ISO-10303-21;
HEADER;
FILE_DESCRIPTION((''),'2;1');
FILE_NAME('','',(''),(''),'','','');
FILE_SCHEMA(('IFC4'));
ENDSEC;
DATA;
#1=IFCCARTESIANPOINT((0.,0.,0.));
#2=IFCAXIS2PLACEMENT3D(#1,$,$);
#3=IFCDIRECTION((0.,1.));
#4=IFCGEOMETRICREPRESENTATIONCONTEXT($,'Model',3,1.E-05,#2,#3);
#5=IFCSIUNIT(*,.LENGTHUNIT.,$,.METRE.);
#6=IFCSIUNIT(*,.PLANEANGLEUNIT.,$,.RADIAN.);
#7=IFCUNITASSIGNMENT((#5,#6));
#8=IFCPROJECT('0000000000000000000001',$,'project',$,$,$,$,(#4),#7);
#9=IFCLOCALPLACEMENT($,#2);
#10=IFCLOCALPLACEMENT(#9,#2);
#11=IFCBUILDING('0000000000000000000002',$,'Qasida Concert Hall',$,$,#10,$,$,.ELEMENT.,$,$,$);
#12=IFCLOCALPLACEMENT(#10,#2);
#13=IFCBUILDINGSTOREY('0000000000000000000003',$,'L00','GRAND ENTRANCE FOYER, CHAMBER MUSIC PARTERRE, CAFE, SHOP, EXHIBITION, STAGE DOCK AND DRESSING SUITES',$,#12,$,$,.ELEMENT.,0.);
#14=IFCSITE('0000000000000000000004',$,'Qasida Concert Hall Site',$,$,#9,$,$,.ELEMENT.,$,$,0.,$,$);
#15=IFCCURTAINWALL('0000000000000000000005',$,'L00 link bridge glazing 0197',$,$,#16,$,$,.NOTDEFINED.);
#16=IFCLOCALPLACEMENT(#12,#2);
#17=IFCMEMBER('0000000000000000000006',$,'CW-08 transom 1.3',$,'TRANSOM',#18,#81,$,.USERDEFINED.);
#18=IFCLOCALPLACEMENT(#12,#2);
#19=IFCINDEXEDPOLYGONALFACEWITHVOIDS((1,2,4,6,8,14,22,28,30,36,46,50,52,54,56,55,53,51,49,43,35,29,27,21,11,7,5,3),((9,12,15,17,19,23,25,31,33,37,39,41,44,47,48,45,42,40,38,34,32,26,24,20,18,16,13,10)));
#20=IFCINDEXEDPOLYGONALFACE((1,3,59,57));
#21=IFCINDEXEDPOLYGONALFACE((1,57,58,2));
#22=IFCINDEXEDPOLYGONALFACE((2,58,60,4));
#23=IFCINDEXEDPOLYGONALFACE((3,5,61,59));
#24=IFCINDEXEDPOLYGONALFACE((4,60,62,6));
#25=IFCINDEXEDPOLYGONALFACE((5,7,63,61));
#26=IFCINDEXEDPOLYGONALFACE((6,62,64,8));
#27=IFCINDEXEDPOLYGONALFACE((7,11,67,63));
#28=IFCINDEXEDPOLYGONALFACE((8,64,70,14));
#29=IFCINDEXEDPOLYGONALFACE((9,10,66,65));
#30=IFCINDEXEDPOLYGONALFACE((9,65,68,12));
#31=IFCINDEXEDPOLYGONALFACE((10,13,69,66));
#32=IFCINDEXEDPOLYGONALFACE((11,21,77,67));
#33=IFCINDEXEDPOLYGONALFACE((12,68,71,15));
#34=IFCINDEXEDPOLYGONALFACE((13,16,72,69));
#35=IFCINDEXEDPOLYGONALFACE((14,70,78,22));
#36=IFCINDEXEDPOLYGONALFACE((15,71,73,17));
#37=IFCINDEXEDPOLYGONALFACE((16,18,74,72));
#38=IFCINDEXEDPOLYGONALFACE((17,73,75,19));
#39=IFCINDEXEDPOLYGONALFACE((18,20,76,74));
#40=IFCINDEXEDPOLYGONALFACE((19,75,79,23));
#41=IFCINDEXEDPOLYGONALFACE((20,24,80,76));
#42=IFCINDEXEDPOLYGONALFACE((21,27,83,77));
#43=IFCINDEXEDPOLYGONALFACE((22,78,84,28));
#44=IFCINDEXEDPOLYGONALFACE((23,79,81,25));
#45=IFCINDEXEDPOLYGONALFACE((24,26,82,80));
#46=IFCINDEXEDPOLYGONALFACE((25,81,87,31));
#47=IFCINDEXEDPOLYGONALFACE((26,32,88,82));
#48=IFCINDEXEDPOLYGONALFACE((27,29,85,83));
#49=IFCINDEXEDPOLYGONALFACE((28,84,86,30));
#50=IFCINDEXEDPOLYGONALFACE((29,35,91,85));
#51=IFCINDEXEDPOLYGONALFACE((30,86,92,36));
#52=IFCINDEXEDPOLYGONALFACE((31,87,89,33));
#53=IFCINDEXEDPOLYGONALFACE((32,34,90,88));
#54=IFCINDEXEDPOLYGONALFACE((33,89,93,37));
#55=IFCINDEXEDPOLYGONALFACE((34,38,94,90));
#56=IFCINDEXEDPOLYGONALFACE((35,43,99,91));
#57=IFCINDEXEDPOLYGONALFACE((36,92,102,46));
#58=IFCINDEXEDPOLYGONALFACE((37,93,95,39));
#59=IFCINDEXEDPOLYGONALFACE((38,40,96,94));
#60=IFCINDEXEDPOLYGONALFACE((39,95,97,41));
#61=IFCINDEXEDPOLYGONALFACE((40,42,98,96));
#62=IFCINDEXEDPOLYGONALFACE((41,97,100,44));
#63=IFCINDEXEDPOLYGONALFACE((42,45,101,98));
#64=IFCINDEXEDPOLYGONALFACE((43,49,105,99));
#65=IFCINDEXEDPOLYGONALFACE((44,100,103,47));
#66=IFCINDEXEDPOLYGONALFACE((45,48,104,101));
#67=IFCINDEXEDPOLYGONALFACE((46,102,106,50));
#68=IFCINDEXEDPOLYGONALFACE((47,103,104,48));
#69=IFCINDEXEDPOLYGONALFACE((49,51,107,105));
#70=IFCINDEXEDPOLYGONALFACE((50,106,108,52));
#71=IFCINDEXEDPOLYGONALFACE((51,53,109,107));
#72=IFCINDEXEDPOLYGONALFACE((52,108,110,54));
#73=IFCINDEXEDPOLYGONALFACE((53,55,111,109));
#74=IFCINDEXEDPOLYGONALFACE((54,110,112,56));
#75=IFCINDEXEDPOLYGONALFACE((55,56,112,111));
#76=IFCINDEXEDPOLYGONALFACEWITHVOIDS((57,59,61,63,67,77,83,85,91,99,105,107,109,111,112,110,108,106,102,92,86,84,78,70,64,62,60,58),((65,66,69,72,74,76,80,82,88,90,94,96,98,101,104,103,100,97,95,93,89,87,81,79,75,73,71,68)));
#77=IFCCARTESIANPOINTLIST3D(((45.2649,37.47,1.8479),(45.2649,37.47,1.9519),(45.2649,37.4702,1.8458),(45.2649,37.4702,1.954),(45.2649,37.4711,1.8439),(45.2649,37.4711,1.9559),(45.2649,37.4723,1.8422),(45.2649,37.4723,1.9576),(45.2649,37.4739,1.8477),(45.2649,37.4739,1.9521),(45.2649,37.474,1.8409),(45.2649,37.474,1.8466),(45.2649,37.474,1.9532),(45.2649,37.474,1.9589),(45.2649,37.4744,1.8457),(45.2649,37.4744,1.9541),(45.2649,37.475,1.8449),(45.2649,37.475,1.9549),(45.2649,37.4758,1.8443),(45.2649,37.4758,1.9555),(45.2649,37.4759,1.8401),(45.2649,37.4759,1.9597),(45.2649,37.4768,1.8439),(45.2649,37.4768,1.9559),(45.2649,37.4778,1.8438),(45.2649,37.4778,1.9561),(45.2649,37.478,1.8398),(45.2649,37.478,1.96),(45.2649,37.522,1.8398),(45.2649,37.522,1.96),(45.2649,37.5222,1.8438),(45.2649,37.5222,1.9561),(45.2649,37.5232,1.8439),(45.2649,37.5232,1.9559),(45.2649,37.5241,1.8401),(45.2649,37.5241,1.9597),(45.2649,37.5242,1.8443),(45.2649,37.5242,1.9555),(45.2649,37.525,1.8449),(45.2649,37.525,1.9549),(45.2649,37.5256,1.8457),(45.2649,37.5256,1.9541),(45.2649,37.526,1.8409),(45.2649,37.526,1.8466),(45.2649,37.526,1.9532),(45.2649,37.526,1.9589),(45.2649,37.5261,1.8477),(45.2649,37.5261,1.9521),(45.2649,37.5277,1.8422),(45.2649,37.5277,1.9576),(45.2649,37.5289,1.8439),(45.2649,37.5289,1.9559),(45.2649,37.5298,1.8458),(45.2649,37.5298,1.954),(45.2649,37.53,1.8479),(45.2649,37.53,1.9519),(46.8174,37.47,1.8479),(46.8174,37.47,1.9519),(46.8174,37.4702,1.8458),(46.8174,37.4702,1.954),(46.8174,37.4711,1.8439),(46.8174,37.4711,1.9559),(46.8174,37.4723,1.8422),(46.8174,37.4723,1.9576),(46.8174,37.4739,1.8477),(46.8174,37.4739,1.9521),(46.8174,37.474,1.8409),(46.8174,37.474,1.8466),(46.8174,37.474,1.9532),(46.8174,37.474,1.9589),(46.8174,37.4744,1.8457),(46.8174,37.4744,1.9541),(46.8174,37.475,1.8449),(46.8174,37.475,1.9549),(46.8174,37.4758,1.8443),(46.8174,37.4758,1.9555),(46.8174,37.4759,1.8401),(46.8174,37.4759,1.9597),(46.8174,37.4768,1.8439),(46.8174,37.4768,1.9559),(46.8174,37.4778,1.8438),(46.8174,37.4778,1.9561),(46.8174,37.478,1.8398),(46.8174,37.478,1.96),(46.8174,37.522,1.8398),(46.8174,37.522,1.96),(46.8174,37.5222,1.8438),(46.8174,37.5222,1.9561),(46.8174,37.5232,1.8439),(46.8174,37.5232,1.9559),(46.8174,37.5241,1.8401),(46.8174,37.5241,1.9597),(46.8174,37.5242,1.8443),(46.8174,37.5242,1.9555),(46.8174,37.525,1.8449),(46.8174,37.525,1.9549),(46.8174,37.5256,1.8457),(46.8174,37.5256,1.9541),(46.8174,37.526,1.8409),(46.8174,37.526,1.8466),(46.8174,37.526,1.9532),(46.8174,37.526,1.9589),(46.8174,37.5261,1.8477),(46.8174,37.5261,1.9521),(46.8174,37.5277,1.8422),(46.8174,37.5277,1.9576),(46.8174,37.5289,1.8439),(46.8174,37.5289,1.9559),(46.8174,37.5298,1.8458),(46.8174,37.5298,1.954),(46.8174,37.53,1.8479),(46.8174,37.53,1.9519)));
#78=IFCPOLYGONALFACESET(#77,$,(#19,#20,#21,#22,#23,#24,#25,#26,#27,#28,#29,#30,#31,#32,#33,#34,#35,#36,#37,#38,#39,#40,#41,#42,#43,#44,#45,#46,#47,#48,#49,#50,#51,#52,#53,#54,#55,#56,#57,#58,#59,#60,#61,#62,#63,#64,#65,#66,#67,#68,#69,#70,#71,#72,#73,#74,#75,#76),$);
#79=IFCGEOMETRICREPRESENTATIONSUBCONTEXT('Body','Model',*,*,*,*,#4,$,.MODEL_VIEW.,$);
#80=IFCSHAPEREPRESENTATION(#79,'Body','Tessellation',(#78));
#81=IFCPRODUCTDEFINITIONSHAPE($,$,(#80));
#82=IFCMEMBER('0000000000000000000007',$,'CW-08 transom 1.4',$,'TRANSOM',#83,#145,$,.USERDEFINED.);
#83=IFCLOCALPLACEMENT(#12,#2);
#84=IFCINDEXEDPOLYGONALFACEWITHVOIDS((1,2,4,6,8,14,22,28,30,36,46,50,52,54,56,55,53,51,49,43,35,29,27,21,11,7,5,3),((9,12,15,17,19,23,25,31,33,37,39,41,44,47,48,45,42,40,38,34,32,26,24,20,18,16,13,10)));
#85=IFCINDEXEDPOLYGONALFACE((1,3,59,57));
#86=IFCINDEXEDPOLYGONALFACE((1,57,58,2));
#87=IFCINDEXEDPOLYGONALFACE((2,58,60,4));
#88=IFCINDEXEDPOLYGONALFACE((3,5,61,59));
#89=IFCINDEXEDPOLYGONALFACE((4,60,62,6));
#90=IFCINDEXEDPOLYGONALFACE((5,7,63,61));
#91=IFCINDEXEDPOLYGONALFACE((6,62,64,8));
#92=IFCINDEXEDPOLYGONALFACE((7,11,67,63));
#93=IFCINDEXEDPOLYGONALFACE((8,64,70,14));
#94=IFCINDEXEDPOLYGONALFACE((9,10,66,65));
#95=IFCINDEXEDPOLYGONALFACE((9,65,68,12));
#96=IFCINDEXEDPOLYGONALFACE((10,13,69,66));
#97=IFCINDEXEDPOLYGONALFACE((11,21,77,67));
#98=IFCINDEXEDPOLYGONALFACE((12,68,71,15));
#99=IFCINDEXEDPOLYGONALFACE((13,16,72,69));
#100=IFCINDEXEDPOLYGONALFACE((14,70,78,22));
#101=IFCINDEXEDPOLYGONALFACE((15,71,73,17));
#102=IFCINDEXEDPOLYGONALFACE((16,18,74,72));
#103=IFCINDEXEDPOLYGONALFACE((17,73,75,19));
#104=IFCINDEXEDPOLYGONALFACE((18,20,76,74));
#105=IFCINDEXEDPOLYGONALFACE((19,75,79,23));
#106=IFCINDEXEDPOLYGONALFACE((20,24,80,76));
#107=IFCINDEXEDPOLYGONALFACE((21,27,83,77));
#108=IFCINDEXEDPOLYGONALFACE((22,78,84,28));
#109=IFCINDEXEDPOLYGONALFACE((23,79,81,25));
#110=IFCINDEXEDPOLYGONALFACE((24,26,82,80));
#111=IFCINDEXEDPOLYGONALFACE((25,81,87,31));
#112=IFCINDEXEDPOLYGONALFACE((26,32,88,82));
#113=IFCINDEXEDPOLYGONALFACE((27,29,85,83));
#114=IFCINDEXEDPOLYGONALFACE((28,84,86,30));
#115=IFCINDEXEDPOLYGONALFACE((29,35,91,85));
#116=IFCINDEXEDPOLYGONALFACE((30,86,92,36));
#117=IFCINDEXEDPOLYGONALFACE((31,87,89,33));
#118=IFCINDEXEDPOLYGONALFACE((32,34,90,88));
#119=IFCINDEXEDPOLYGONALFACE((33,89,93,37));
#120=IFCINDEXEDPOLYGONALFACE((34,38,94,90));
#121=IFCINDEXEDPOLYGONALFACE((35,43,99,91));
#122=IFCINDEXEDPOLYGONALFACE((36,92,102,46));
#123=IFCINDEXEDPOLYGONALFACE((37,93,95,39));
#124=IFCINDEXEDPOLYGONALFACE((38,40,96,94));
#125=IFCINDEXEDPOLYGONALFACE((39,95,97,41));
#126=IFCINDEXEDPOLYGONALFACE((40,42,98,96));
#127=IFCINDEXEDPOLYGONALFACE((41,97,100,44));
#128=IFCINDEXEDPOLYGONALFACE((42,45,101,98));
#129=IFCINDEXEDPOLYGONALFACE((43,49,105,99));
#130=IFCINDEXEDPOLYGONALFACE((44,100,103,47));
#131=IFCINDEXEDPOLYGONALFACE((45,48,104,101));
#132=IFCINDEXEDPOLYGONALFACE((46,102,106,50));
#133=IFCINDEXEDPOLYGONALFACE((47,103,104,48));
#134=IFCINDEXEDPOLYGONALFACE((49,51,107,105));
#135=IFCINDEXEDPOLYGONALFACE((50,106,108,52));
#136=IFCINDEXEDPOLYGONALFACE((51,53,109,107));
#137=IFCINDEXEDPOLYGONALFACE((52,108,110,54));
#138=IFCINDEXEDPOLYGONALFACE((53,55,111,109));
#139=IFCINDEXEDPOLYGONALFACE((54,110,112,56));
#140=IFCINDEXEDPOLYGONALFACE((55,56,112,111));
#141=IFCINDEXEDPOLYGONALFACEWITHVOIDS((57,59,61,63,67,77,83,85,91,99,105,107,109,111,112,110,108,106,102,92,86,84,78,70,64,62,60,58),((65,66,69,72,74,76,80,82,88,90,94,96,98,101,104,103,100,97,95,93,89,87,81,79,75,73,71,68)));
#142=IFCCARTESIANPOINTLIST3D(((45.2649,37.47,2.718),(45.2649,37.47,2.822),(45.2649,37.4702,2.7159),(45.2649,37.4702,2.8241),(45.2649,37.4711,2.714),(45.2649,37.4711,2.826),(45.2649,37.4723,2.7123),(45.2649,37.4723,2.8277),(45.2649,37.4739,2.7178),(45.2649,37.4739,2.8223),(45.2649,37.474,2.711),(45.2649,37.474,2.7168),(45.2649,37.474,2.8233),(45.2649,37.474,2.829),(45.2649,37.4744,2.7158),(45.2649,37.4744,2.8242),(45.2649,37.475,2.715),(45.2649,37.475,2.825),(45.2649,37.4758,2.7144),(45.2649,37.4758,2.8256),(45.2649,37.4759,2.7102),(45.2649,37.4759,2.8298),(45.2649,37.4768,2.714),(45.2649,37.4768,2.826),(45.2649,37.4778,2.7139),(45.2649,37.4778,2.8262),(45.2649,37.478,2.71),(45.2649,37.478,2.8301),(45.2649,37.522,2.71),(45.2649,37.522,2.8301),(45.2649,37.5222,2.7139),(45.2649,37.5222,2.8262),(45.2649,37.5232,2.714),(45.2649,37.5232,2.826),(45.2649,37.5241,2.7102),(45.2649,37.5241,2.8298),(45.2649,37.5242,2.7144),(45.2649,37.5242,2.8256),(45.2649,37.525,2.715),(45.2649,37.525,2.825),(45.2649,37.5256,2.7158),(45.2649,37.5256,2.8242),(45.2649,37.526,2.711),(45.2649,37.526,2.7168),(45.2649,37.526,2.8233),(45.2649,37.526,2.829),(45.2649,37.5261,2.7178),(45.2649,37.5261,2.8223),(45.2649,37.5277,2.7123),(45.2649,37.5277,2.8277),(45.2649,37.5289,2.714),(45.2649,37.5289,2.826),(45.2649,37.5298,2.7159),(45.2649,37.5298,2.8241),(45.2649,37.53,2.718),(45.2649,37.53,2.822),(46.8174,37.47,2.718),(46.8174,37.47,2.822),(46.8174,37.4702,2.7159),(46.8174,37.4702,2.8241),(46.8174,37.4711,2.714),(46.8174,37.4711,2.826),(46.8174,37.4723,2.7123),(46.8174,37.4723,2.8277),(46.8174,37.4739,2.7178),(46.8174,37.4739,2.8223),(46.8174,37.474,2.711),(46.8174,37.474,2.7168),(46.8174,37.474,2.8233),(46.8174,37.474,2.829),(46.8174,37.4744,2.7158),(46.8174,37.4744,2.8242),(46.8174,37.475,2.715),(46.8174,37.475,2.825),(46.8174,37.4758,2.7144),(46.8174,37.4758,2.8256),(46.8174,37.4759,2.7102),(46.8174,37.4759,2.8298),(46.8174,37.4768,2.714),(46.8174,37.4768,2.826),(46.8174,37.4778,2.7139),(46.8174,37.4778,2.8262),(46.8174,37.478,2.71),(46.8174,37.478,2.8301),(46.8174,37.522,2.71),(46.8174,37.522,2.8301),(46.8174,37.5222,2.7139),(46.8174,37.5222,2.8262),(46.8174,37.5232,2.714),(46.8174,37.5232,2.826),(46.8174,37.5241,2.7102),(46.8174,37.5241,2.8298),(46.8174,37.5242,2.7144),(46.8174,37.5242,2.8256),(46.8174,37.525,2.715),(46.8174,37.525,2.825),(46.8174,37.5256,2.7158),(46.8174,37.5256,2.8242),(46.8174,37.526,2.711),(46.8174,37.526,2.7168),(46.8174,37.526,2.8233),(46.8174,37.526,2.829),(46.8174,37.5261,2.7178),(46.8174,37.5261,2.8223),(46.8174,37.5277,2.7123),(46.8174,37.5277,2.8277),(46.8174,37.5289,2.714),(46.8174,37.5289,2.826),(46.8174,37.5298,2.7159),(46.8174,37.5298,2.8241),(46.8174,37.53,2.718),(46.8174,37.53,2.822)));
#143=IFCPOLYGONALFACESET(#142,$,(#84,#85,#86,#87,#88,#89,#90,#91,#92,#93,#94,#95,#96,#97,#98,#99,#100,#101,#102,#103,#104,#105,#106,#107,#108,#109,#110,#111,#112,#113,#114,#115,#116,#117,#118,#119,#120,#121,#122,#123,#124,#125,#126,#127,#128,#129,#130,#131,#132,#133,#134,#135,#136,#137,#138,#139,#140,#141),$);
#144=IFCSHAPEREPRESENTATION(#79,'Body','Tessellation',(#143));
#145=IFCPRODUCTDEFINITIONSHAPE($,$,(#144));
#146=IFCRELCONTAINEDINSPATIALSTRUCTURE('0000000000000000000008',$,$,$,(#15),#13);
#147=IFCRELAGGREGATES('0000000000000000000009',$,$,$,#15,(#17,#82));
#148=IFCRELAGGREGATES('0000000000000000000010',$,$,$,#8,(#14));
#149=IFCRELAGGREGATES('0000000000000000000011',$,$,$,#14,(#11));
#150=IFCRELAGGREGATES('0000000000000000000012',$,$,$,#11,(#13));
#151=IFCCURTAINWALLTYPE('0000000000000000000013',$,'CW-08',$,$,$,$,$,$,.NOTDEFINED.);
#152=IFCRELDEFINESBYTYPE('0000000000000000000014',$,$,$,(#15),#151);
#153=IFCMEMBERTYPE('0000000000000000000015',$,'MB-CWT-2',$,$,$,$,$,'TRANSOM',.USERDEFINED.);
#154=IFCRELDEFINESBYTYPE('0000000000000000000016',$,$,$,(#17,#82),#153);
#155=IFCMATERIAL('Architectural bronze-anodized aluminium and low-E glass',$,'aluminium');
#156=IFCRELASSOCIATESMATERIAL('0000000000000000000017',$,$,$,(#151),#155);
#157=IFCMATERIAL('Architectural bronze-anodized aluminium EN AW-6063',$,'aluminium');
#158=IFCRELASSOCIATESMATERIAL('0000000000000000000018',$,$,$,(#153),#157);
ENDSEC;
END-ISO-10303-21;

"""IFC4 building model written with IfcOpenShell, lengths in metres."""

from ifc_helpers import new_model, si_unit, direction, frame, origin, origin_2d, place, context, subcontext, project, spatial, hollow_rectangle, extrude, material, material_profile, profile_set, type_object, element, aggregate, save


model = new_model("IFC4")

# Units and contexts
model_context = context("Model", 3, precision=1e-05, world=origin(), true_north=direction((0.0, 1.0)))
body_context = subcontext(model_context, "Body", "Model", "MODEL_VIEW")
ifc_project = project(units=[si_unit("LENGTHUNIT", "METRE"), si_unit("PLANEANGLEUNIT", "RADIAN")], contexts=[model_context])

# Site, building, storey
site_placement = place(None, origin())
site = spatial("IfcSite", under=ifc_project, at=site_placement, Name="Qasida Concert Hall Site", CompositionType="ELEMENT", RefElevation=0.0)
building_placement = place(site_placement, origin())
building = spatial("IfcBuilding", under=site, at=building_placement, Name="Qasida Concert Hall", CompositionType="ELEMENT")
storey_placement = place(building_placement, origin())
storey = spatial("IfcBuildingStorey", under=building, at=storey_placement, Name="L00", Description="GRAND ENTRANCE FOYER, CHAMBER MUSIC PARTERRE, CAFE, SHOP, EXHIBITION, STAGE DOCK AND DRESSING SUITES", CompositionType="ELEMENT", Elevation=0.0)

# Curtain wall, members
ifc_material_1 = material(Name="Architectural bronze-anodized aluminium and low-E glass", Category="aluminium")
curtain_wall_type = type_object("IfcCurtainWallType", Name="CW-08", PredefinedType="NOTDEFINED", material=ifc_material_1)
curtain_wall_placement = place(storey_placement, origin())
curtain_wall = element("IfcCurtainWall", 1, at=curtain_wall_placement, inside=storey, type_object=curtain_wall_type, Name="L00 link bridge glazing 0197", PredefinedType="NOTDEFINED")
ifc_material_2 = material(Name="Architectural bronze-anodized aluminium EN AW-6063", Category="aluminium")
ifc_material_profile_1 = material_profile(ifc_material_2, hollow_rectangle(XDim=0.0601, YDim=0.1201, WallThickness=0.0039, InnerFilletRadius=0.0039, OuterFilletRadius=0.0081, at=origin_2d()), Name="CWT 120x60x4")
ifc_profile_set_1 = profile_set([ifc_material_profile_1], Name="Architectural bronze-anodized aluminium EN AW-6063")
member_type_1 = type_object("IfcMemberType", Name="MB-CWT-2", ElementType="TRANSOM", PredefinedType="USERDEFINED", material=ifc_profile_set_1)
member_1_placement = place(storey_placement, frame((45.2649, 37.5, 1.8999), z_axis=(1.0, 0.0, 0.0), x_axis=(0.0, 1.0, 0.0)))
member_1 = element("IfcMember", 2, at=member_1_placement, type_object=member_type_1, Name="CW-08 transom 1.3", ObjectType="TRANSOM", PredefinedType="USERDEFINED", context=body_context, shape_type="SweptSolid", body=[
    extrude(hollow_rectangle(XDim=0.0601, YDim=0.1201, WallThickness=0.0039, InnerFilletRadius=0.0039, OuterFilletRadius=0.0081, at=origin_2d()), origin(), (0.0, 0.0, 1.0), 1.5525),
])
member_2_placement = place(storey_placement, frame((45.2649, 37.5, 2.77), z_axis=(1.0, 0.0, 0.0), x_axis=(0.0, 1.0, 0.0)))
member_2 = element("IfcMember", 3, at=member_2_placement, type_object=member_type_1, Name="CW-08 transom 1.4", ObjectType="TRANSOM", PredefinedType="USERDEFINED", context=body_context, shape_type="SweptSolid", body=[
    extrude(hollow_rectangle(XDim=0.0601, YDim=0.1201, WallThickness=0.0039, InnerFilletRadius=0.0039, OuterFilletRadius=0.0081, at=origin_2d()), origin(), (0.0, 0.0, 1.0), 1.5525),
])
aggregate(curtain_wall, [member_1, member_2])

save(model, "model.ifc")
